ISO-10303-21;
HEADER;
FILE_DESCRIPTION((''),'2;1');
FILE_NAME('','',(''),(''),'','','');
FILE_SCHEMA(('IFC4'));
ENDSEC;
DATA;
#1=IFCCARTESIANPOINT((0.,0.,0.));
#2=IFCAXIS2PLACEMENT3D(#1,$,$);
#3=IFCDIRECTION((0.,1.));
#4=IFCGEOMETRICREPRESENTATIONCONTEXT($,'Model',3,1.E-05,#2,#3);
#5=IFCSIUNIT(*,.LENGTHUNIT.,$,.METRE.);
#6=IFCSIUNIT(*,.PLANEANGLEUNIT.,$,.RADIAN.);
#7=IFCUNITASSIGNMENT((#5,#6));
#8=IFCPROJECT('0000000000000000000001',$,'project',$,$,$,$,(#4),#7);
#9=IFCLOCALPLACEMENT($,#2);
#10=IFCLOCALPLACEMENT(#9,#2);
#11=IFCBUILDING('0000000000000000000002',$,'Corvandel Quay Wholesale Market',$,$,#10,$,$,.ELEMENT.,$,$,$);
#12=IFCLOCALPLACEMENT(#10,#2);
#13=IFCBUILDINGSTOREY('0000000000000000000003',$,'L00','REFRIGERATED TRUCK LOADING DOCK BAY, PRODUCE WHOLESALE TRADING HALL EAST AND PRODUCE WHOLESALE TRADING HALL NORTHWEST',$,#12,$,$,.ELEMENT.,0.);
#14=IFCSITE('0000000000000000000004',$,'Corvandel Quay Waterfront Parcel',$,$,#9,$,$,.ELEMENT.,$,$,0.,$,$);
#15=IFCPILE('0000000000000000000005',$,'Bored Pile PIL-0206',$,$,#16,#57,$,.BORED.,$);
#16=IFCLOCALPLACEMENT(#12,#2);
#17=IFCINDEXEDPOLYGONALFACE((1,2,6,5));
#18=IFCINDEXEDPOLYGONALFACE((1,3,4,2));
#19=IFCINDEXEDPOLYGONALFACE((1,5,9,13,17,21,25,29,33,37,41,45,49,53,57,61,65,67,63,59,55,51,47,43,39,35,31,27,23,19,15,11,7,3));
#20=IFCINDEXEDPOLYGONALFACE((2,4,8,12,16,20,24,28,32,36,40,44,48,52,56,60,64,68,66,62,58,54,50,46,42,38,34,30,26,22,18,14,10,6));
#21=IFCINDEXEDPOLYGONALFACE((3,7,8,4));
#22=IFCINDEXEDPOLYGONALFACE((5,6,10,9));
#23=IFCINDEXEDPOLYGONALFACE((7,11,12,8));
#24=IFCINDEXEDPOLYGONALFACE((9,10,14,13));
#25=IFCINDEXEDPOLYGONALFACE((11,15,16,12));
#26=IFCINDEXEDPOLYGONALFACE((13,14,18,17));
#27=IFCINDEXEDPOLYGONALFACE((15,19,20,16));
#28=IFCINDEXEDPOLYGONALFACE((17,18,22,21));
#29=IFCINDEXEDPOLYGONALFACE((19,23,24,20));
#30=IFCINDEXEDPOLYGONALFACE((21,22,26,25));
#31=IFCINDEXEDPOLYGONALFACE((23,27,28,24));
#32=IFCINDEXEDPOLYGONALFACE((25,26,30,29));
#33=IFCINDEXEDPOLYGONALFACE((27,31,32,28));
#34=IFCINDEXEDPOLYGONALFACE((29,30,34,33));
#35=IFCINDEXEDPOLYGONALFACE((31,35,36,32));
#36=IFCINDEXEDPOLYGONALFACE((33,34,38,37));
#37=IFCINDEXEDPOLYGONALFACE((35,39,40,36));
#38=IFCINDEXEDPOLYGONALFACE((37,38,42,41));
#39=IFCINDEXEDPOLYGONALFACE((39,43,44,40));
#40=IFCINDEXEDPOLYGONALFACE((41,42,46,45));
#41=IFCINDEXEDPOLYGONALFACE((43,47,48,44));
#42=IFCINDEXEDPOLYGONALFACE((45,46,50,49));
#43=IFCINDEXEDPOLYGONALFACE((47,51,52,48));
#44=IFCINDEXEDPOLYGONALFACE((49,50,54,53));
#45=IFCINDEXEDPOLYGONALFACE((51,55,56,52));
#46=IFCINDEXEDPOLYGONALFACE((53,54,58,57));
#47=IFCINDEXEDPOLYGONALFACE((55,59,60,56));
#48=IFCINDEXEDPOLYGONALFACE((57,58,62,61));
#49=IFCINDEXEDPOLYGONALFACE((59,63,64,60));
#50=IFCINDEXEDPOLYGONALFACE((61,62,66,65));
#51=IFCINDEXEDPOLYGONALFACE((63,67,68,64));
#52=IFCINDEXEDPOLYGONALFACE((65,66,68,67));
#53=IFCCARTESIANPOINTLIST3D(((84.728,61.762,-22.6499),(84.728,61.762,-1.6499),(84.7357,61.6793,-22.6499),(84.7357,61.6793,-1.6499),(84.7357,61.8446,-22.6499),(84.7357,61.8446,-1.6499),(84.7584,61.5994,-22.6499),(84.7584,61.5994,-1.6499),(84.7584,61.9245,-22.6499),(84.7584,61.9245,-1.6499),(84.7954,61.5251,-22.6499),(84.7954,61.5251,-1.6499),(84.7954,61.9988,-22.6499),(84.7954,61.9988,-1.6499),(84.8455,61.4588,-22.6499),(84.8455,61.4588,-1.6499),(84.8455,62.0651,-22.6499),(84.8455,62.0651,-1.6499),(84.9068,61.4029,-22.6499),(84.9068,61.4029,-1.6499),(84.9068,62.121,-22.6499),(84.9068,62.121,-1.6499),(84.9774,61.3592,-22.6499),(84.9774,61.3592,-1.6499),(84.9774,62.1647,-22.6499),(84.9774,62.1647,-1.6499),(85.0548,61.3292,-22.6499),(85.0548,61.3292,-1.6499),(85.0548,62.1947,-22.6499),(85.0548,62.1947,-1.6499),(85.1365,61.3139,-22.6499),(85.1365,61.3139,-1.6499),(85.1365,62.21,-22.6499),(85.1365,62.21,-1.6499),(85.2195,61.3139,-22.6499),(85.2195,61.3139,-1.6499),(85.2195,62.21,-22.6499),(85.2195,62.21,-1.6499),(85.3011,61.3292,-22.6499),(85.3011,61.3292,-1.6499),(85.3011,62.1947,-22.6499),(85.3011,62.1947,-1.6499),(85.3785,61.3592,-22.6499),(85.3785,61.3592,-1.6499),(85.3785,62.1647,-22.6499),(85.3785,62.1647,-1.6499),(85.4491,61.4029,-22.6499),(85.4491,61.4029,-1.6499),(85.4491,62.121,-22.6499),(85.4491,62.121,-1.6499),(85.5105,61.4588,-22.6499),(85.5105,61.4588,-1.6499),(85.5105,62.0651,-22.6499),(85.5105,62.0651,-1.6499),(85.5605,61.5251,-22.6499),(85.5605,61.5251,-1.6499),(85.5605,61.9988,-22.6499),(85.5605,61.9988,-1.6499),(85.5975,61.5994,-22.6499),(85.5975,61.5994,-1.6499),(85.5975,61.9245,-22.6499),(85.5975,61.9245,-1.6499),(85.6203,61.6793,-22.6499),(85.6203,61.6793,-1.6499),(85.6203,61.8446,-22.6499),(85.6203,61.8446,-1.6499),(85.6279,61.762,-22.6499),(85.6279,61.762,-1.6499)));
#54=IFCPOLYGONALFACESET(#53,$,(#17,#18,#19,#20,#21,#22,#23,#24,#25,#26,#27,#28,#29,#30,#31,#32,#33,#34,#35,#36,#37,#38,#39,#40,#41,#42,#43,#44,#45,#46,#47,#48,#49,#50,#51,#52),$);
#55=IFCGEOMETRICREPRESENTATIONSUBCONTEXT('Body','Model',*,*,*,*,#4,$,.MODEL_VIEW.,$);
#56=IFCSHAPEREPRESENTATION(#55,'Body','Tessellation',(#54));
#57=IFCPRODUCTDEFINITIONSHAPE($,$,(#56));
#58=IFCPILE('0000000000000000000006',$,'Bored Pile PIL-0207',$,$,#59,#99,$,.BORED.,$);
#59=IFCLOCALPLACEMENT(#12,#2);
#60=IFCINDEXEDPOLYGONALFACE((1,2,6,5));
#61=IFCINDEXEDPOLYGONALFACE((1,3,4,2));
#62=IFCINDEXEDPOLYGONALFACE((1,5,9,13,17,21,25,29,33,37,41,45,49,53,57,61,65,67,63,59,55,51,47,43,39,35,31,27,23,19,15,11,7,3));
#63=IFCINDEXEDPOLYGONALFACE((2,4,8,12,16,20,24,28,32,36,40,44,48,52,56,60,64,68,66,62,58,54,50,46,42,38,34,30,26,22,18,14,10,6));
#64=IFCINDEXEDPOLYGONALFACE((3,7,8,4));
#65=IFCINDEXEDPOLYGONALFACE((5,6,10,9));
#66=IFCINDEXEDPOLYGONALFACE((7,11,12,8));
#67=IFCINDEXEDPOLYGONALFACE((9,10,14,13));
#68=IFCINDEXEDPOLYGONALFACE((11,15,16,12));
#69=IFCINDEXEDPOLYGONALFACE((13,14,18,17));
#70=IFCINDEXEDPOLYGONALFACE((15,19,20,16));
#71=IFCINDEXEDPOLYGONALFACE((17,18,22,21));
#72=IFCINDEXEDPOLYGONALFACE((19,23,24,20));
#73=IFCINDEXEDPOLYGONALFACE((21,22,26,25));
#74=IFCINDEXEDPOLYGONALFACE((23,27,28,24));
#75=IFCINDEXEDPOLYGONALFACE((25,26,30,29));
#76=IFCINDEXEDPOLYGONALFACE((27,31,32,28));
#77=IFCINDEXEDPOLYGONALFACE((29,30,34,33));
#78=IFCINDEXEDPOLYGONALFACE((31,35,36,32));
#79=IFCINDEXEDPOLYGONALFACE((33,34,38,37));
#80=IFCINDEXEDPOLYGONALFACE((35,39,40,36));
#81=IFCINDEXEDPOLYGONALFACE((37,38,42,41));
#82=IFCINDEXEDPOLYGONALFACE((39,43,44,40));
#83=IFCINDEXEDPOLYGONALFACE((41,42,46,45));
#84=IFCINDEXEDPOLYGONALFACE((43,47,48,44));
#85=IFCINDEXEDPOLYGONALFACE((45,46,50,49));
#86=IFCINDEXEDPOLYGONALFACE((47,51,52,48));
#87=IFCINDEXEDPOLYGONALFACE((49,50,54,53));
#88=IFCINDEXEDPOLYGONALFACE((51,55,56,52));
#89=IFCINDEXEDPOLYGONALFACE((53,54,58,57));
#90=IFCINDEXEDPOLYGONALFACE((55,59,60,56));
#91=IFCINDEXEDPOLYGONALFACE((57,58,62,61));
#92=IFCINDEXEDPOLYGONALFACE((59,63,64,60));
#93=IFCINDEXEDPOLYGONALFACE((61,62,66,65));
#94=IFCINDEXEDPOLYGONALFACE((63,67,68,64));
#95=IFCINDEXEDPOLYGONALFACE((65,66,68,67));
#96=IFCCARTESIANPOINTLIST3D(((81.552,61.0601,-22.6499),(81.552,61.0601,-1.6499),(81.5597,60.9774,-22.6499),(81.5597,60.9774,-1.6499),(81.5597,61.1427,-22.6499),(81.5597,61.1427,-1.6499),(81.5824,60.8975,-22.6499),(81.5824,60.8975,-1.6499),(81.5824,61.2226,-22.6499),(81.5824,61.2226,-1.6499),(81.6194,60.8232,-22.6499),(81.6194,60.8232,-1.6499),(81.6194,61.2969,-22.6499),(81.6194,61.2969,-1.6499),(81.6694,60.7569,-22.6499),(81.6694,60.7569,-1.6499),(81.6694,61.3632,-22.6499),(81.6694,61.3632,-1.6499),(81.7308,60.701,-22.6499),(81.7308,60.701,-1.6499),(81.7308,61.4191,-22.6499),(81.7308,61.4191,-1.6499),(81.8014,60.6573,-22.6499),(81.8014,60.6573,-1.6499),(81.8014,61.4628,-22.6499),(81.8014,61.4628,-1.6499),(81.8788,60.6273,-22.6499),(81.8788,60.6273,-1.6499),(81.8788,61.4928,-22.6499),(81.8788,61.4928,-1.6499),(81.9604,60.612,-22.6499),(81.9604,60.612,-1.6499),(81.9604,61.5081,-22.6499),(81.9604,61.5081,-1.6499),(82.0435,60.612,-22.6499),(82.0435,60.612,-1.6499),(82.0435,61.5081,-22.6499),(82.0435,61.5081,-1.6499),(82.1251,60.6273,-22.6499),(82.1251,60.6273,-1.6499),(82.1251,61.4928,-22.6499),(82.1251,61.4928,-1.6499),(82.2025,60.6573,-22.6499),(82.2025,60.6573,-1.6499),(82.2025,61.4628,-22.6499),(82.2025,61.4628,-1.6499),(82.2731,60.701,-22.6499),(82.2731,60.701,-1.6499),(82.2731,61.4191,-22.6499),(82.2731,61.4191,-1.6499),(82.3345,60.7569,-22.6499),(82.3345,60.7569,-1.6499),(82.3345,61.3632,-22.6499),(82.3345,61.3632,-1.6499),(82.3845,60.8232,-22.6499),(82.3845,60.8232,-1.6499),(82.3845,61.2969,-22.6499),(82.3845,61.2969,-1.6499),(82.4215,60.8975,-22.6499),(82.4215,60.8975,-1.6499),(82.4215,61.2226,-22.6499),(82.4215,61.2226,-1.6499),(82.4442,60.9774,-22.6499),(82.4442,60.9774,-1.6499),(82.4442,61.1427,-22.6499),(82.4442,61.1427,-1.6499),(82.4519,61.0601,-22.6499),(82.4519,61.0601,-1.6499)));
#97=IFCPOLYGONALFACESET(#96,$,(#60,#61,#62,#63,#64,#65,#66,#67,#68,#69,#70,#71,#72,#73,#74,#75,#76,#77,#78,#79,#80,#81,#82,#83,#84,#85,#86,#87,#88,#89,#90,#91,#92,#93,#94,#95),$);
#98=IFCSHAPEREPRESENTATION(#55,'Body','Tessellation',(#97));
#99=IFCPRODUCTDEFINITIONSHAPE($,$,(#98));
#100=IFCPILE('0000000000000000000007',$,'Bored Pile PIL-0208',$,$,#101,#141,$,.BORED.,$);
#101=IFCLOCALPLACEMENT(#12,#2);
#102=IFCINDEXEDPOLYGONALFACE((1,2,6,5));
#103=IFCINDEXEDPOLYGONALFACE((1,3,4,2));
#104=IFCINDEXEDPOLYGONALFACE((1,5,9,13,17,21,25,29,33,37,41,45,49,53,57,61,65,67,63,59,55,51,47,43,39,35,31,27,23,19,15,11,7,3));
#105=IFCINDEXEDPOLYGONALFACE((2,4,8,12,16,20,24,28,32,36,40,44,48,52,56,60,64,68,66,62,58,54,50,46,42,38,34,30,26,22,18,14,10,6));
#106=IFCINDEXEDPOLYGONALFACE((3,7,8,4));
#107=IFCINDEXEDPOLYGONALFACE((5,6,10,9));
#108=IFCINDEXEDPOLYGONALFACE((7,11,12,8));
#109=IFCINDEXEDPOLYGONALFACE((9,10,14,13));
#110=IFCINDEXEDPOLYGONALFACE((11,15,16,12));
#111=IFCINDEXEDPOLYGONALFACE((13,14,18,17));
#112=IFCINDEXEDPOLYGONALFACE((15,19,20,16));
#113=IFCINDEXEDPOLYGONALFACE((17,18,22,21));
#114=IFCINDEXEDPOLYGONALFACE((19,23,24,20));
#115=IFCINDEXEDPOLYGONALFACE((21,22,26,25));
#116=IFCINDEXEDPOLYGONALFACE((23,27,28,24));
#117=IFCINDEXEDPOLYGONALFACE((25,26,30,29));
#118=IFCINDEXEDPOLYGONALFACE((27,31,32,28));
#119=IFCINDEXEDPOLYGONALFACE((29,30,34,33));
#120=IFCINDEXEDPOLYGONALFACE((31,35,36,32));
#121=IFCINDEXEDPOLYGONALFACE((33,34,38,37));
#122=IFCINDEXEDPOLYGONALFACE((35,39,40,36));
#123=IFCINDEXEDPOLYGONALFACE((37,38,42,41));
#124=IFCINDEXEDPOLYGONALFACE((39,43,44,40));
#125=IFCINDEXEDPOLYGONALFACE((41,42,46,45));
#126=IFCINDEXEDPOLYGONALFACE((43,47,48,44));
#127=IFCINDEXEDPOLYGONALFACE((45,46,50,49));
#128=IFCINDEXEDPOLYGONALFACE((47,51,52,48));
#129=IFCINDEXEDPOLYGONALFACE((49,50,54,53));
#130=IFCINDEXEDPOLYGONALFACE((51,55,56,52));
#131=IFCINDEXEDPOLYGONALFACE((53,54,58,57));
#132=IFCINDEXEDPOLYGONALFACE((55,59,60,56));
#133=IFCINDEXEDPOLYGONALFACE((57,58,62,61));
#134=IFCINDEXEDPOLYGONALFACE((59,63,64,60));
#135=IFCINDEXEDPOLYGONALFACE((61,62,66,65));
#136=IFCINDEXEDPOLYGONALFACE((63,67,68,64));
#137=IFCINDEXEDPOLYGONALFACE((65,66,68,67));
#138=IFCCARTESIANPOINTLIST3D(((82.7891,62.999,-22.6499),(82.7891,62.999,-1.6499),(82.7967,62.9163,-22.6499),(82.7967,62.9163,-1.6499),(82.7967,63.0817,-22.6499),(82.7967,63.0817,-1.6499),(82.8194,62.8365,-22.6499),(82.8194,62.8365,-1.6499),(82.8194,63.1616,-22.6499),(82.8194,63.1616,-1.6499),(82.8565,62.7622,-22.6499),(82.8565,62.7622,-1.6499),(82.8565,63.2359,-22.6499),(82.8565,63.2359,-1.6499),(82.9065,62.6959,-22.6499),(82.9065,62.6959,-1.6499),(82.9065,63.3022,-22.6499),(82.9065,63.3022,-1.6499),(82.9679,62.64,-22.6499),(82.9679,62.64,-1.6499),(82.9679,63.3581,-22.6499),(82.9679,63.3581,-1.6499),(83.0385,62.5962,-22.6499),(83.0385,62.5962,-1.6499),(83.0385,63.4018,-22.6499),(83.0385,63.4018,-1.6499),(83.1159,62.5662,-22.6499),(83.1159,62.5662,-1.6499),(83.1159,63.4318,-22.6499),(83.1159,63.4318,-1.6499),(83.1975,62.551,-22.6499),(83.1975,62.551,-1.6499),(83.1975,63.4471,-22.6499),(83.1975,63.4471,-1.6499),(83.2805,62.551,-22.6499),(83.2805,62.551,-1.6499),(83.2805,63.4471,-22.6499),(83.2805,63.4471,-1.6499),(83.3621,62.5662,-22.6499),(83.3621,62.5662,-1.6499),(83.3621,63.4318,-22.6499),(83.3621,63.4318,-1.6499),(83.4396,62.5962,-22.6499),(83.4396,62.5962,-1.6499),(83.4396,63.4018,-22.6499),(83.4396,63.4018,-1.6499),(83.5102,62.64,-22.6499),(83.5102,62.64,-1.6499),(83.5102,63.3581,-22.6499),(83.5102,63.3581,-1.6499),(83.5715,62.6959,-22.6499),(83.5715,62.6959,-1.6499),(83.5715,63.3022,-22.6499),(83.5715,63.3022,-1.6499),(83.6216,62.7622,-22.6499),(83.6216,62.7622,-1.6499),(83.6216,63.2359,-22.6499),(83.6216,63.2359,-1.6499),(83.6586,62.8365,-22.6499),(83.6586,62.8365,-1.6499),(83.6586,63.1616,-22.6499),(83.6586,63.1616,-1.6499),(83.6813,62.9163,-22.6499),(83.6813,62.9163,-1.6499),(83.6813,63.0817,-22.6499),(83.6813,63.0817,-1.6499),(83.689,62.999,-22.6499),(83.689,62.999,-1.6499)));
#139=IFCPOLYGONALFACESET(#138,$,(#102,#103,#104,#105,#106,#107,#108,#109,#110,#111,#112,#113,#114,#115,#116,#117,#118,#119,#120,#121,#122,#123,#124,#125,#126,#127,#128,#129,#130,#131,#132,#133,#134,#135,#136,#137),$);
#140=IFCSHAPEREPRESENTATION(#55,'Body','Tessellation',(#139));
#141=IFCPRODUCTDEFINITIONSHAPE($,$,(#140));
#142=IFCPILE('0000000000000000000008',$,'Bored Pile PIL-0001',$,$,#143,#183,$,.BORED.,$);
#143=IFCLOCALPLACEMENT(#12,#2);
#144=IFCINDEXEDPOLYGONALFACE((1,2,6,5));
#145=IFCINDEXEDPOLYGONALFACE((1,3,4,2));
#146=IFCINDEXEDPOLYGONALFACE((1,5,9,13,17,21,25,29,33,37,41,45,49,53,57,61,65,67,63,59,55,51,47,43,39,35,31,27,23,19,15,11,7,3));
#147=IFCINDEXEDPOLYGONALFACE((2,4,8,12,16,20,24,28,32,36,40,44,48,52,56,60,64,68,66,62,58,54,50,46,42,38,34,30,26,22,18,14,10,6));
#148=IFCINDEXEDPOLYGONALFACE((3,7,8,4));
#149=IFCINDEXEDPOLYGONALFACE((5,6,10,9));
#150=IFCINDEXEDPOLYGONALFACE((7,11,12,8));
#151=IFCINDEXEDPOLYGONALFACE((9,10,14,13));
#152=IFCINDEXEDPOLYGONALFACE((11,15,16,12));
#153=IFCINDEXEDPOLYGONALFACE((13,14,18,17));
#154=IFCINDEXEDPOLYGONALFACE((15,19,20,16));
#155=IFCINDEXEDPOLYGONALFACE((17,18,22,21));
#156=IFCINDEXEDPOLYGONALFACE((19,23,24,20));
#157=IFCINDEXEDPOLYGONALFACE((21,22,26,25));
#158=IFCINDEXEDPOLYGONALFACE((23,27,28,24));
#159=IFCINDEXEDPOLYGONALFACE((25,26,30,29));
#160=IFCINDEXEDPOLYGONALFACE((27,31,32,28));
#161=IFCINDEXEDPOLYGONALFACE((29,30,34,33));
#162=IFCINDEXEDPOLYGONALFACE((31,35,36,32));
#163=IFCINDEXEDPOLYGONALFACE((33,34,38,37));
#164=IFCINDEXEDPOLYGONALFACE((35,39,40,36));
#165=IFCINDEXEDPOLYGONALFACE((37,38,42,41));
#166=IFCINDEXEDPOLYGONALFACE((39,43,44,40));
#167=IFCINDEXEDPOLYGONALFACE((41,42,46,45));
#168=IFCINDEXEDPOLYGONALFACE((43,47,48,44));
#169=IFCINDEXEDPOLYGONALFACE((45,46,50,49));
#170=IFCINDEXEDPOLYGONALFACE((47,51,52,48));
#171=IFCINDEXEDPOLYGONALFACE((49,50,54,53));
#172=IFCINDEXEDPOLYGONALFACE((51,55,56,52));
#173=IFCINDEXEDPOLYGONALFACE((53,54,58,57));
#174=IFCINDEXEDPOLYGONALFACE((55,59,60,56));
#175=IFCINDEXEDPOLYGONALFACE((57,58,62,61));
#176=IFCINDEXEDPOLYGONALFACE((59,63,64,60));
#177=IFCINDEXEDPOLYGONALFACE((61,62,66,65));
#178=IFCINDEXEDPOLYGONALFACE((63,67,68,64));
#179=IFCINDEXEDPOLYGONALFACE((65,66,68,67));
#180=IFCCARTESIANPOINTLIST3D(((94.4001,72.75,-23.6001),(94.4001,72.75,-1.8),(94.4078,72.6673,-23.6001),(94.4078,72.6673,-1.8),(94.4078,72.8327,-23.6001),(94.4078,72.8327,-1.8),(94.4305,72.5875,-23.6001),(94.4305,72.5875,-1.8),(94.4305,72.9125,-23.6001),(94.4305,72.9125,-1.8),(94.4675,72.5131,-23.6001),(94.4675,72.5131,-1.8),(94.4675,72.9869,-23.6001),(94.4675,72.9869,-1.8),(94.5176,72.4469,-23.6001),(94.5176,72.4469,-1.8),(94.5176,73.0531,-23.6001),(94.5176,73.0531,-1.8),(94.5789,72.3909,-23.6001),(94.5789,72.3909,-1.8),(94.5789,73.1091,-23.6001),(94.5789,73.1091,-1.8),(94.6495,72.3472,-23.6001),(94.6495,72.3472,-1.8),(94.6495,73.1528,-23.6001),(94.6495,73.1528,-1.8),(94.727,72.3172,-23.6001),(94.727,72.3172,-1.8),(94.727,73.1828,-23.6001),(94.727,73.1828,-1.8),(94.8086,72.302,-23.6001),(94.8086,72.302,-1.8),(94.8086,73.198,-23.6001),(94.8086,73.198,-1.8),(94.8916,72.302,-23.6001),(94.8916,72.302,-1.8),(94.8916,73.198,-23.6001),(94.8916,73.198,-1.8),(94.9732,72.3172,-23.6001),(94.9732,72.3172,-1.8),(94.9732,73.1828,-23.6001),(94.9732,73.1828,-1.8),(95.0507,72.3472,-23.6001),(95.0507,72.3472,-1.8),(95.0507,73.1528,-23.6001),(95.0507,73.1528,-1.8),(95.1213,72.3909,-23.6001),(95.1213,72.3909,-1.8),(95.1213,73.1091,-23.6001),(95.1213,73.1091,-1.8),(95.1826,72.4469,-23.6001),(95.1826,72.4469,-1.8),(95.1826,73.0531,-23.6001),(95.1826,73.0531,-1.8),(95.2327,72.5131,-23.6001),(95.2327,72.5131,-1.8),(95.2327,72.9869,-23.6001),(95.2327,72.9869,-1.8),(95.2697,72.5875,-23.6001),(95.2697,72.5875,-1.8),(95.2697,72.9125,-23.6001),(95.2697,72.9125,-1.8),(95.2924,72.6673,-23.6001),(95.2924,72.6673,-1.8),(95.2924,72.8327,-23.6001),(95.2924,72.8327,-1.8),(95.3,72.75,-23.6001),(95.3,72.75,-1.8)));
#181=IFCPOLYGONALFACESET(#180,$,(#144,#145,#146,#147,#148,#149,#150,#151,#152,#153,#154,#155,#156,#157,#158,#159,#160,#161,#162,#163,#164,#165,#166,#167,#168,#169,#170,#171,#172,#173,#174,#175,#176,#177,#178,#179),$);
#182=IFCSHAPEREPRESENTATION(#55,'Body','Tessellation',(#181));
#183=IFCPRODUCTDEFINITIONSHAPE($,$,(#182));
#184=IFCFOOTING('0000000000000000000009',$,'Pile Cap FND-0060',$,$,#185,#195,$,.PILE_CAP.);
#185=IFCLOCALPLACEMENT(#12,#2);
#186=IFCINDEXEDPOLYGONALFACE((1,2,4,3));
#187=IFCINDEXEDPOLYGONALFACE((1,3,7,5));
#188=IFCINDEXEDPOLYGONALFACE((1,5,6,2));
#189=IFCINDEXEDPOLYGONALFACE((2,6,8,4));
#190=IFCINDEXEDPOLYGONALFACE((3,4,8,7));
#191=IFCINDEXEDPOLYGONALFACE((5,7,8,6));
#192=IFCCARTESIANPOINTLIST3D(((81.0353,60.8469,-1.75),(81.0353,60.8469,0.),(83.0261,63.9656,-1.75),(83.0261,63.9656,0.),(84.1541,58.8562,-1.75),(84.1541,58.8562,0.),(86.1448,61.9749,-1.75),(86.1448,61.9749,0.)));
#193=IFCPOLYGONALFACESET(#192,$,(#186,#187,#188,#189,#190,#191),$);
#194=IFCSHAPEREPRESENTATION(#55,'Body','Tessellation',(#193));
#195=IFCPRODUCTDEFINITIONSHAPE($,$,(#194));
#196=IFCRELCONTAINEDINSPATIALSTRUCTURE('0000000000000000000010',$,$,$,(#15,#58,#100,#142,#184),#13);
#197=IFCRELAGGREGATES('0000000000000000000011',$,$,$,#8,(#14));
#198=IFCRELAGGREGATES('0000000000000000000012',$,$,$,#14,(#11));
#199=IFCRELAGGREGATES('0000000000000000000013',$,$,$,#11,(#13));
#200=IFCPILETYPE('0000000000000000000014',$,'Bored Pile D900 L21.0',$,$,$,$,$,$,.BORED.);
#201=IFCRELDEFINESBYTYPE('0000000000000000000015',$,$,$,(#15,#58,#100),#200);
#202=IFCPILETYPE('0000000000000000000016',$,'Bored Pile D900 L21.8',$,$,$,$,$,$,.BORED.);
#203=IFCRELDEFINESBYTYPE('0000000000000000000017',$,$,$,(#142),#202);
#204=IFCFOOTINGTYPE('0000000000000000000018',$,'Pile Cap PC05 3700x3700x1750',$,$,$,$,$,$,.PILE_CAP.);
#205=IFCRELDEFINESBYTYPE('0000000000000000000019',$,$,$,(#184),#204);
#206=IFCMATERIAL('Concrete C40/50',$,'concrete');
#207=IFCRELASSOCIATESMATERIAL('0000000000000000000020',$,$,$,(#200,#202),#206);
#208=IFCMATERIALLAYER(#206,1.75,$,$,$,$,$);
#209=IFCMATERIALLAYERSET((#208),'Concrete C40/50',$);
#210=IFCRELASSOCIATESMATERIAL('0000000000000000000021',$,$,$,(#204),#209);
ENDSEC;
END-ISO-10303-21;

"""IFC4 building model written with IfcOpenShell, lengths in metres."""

from ifc_helpers import new_model, si_unit, direction, frame, origin, origin_2d, place, context, subcontext, project, spatial, rectangle, circle, extrude, material, layer, layer_set, material_profile, profile_set, type_object, element, save


model = new_model("IFC4")

# Units and contexts
model_context = context("Model", 3, precision=1e-05, world=origin(), true_north=direction((0.0, 1.0)))
body_context = subcontext(model_context, "Body", "Model", "MODEL_VIEW")
ifc_project = project(units=[si_unit("LENGTHUNIT", "METRE"), si_unit("PLANEANGLEUNIT", "RADIAN")], contexts=[model_context])

# Site, building, storey
site_placement = place(None, origin())
site = spatial("IfcSite", under=ifc_project, at=site_placement, Name="Corvandel Quay Waterfront Parcel", CompositionType="ELEMENT", RefElevation=0.0)
building_placement = place(site_placement, origin())
building = spatial("IfcBuilding", under=site, at=building_placement, Name="Corvandel Quay Wholesale Market", CompositionType="ELEMENT")
storey_placement = place(building_placement, origin())
storey = spatial("IfcBuildingStorey", under=building, at=storey_placement, Name="L00", Description="REFRIGERATED TRUCK LOADING DOCK BAY, PRODUCE WHOLESALE TRADING HALL EAST AND PRODUCE WHOLESALE TRADING HALL NORTHWEST", CompositionType="ELEMENT", Elevation=0.0)

# Piles
ifc_material_1 = material(Name="Concrete C40/50", Category="concrete")
ifc_material_profile_1 = material_profile(ifc_material_1, circle(Radius=0.45, at=origin_2d()), Name="RC-PILE-D900")
ifc_profile_set_1 = profile_set([ifc_material_profile_1], Name="Concrete C40/50")
pile_type_1 = type_object("IfcPileType", Name="Bored Pile D900 L21.0", PredefinedType="BORED", material=ifc_profile_set_1)
for number, where, z_axis, x_axis, name in (
    (1, (85.178, 61.762, -1.6499), (0.0, 0.0, -1.0), (1.0, 0.0, 0.0), "Bored Pile PIL-0206"),
    (2, (82.002, 61.0601, -1.6499), (0.0, 0.0, -1.0), (1.0, 0.0, 0.0), "Bored Pile PIL-0207"),
    (3, (83.239, 62.999, -1.6499), (0.0, 0.0, -1.0), (1.0, 0.0, 0.0), "Bored Pile PIL-0208"),
):
    element("IfcPile", number, at=place(storey_placement, frame(where, z_axis=z_axis, x_axis=x_axis)), inside=storey, type_object=pile_type_1, Name=name, PredefinedType="BORED", context=body_context, shape_type="SweptSolid", body=[
        extrude(circle(Radius=0.45, at=origin_2d()), origin(), (0.0, 0.0, 1.0), 21.0),
    ])
ifc_material_profile_2 = material_profile(ifc_material_1, circle(Radius=0.45, at=origin_2d()), Name="RC-PILE-D900")
ifc_profile_set_2 = profile_set([ifc_material_profile_2], Name="Concrete C40/50")
pile_type_2 = type_object("IfcPileType", Name="Bored Pile D900 L21.8", PredefinedType="BORED", material=ifc_profile_set_2)
pile_1_placement = place(storey_placement, frame((94.8501, 72.75, -1.8), z_axis=(0.0, 0.0, -1.0), x_axis=(1.0, 0.0, 0.0)))
element("IfcPile", 4, at=pile_1_placement, inside=storey, type_object=pile_type_2, Name="Bored Pile PIL-0001", PredefinedType="BORED", context=body_context, shape_type="SweptSolid", body=[
    extrude(circle(Radius=0.45, at=origin_2d()), origin(), (0.0, 0.0, 1.0), 21.8),
])

# Footing
ifc_layer_1 = layer(ifc_material_1, 1.75)
ifc_layer_set_1 = layer_set([ifc_layer_1], Name="Concrete C40/50")
footing_type_1 = type_object("IfcFootingType", Name="Pile Cap PC05 3700x3700x1750", PredefinedType="PILE_CAP", material=ifc_layer_set_1)
footing_1_placement = place(storey_placement, frame((83.5901, 61.4109, -1.75), z_axis=(0.0, 0.0, 1.0), x_axis=(0.538035, 0.842922, 0.0)))
element("IfcFooting", 5, at=footing_1_placement, inside=storey, type_object=footing_type_1, Name="Pile Cap FND-0060", PredefinedType="PILE_CAP", context=body_context, shape_type="SweptSolid", body=[
    extrude(rectangle(XDim=3.7, YDim=3.7, at=origin_2d()), origin(), (0.0, 0.0, 1.0), 1.75),
])

save(model, "model.ifc")
